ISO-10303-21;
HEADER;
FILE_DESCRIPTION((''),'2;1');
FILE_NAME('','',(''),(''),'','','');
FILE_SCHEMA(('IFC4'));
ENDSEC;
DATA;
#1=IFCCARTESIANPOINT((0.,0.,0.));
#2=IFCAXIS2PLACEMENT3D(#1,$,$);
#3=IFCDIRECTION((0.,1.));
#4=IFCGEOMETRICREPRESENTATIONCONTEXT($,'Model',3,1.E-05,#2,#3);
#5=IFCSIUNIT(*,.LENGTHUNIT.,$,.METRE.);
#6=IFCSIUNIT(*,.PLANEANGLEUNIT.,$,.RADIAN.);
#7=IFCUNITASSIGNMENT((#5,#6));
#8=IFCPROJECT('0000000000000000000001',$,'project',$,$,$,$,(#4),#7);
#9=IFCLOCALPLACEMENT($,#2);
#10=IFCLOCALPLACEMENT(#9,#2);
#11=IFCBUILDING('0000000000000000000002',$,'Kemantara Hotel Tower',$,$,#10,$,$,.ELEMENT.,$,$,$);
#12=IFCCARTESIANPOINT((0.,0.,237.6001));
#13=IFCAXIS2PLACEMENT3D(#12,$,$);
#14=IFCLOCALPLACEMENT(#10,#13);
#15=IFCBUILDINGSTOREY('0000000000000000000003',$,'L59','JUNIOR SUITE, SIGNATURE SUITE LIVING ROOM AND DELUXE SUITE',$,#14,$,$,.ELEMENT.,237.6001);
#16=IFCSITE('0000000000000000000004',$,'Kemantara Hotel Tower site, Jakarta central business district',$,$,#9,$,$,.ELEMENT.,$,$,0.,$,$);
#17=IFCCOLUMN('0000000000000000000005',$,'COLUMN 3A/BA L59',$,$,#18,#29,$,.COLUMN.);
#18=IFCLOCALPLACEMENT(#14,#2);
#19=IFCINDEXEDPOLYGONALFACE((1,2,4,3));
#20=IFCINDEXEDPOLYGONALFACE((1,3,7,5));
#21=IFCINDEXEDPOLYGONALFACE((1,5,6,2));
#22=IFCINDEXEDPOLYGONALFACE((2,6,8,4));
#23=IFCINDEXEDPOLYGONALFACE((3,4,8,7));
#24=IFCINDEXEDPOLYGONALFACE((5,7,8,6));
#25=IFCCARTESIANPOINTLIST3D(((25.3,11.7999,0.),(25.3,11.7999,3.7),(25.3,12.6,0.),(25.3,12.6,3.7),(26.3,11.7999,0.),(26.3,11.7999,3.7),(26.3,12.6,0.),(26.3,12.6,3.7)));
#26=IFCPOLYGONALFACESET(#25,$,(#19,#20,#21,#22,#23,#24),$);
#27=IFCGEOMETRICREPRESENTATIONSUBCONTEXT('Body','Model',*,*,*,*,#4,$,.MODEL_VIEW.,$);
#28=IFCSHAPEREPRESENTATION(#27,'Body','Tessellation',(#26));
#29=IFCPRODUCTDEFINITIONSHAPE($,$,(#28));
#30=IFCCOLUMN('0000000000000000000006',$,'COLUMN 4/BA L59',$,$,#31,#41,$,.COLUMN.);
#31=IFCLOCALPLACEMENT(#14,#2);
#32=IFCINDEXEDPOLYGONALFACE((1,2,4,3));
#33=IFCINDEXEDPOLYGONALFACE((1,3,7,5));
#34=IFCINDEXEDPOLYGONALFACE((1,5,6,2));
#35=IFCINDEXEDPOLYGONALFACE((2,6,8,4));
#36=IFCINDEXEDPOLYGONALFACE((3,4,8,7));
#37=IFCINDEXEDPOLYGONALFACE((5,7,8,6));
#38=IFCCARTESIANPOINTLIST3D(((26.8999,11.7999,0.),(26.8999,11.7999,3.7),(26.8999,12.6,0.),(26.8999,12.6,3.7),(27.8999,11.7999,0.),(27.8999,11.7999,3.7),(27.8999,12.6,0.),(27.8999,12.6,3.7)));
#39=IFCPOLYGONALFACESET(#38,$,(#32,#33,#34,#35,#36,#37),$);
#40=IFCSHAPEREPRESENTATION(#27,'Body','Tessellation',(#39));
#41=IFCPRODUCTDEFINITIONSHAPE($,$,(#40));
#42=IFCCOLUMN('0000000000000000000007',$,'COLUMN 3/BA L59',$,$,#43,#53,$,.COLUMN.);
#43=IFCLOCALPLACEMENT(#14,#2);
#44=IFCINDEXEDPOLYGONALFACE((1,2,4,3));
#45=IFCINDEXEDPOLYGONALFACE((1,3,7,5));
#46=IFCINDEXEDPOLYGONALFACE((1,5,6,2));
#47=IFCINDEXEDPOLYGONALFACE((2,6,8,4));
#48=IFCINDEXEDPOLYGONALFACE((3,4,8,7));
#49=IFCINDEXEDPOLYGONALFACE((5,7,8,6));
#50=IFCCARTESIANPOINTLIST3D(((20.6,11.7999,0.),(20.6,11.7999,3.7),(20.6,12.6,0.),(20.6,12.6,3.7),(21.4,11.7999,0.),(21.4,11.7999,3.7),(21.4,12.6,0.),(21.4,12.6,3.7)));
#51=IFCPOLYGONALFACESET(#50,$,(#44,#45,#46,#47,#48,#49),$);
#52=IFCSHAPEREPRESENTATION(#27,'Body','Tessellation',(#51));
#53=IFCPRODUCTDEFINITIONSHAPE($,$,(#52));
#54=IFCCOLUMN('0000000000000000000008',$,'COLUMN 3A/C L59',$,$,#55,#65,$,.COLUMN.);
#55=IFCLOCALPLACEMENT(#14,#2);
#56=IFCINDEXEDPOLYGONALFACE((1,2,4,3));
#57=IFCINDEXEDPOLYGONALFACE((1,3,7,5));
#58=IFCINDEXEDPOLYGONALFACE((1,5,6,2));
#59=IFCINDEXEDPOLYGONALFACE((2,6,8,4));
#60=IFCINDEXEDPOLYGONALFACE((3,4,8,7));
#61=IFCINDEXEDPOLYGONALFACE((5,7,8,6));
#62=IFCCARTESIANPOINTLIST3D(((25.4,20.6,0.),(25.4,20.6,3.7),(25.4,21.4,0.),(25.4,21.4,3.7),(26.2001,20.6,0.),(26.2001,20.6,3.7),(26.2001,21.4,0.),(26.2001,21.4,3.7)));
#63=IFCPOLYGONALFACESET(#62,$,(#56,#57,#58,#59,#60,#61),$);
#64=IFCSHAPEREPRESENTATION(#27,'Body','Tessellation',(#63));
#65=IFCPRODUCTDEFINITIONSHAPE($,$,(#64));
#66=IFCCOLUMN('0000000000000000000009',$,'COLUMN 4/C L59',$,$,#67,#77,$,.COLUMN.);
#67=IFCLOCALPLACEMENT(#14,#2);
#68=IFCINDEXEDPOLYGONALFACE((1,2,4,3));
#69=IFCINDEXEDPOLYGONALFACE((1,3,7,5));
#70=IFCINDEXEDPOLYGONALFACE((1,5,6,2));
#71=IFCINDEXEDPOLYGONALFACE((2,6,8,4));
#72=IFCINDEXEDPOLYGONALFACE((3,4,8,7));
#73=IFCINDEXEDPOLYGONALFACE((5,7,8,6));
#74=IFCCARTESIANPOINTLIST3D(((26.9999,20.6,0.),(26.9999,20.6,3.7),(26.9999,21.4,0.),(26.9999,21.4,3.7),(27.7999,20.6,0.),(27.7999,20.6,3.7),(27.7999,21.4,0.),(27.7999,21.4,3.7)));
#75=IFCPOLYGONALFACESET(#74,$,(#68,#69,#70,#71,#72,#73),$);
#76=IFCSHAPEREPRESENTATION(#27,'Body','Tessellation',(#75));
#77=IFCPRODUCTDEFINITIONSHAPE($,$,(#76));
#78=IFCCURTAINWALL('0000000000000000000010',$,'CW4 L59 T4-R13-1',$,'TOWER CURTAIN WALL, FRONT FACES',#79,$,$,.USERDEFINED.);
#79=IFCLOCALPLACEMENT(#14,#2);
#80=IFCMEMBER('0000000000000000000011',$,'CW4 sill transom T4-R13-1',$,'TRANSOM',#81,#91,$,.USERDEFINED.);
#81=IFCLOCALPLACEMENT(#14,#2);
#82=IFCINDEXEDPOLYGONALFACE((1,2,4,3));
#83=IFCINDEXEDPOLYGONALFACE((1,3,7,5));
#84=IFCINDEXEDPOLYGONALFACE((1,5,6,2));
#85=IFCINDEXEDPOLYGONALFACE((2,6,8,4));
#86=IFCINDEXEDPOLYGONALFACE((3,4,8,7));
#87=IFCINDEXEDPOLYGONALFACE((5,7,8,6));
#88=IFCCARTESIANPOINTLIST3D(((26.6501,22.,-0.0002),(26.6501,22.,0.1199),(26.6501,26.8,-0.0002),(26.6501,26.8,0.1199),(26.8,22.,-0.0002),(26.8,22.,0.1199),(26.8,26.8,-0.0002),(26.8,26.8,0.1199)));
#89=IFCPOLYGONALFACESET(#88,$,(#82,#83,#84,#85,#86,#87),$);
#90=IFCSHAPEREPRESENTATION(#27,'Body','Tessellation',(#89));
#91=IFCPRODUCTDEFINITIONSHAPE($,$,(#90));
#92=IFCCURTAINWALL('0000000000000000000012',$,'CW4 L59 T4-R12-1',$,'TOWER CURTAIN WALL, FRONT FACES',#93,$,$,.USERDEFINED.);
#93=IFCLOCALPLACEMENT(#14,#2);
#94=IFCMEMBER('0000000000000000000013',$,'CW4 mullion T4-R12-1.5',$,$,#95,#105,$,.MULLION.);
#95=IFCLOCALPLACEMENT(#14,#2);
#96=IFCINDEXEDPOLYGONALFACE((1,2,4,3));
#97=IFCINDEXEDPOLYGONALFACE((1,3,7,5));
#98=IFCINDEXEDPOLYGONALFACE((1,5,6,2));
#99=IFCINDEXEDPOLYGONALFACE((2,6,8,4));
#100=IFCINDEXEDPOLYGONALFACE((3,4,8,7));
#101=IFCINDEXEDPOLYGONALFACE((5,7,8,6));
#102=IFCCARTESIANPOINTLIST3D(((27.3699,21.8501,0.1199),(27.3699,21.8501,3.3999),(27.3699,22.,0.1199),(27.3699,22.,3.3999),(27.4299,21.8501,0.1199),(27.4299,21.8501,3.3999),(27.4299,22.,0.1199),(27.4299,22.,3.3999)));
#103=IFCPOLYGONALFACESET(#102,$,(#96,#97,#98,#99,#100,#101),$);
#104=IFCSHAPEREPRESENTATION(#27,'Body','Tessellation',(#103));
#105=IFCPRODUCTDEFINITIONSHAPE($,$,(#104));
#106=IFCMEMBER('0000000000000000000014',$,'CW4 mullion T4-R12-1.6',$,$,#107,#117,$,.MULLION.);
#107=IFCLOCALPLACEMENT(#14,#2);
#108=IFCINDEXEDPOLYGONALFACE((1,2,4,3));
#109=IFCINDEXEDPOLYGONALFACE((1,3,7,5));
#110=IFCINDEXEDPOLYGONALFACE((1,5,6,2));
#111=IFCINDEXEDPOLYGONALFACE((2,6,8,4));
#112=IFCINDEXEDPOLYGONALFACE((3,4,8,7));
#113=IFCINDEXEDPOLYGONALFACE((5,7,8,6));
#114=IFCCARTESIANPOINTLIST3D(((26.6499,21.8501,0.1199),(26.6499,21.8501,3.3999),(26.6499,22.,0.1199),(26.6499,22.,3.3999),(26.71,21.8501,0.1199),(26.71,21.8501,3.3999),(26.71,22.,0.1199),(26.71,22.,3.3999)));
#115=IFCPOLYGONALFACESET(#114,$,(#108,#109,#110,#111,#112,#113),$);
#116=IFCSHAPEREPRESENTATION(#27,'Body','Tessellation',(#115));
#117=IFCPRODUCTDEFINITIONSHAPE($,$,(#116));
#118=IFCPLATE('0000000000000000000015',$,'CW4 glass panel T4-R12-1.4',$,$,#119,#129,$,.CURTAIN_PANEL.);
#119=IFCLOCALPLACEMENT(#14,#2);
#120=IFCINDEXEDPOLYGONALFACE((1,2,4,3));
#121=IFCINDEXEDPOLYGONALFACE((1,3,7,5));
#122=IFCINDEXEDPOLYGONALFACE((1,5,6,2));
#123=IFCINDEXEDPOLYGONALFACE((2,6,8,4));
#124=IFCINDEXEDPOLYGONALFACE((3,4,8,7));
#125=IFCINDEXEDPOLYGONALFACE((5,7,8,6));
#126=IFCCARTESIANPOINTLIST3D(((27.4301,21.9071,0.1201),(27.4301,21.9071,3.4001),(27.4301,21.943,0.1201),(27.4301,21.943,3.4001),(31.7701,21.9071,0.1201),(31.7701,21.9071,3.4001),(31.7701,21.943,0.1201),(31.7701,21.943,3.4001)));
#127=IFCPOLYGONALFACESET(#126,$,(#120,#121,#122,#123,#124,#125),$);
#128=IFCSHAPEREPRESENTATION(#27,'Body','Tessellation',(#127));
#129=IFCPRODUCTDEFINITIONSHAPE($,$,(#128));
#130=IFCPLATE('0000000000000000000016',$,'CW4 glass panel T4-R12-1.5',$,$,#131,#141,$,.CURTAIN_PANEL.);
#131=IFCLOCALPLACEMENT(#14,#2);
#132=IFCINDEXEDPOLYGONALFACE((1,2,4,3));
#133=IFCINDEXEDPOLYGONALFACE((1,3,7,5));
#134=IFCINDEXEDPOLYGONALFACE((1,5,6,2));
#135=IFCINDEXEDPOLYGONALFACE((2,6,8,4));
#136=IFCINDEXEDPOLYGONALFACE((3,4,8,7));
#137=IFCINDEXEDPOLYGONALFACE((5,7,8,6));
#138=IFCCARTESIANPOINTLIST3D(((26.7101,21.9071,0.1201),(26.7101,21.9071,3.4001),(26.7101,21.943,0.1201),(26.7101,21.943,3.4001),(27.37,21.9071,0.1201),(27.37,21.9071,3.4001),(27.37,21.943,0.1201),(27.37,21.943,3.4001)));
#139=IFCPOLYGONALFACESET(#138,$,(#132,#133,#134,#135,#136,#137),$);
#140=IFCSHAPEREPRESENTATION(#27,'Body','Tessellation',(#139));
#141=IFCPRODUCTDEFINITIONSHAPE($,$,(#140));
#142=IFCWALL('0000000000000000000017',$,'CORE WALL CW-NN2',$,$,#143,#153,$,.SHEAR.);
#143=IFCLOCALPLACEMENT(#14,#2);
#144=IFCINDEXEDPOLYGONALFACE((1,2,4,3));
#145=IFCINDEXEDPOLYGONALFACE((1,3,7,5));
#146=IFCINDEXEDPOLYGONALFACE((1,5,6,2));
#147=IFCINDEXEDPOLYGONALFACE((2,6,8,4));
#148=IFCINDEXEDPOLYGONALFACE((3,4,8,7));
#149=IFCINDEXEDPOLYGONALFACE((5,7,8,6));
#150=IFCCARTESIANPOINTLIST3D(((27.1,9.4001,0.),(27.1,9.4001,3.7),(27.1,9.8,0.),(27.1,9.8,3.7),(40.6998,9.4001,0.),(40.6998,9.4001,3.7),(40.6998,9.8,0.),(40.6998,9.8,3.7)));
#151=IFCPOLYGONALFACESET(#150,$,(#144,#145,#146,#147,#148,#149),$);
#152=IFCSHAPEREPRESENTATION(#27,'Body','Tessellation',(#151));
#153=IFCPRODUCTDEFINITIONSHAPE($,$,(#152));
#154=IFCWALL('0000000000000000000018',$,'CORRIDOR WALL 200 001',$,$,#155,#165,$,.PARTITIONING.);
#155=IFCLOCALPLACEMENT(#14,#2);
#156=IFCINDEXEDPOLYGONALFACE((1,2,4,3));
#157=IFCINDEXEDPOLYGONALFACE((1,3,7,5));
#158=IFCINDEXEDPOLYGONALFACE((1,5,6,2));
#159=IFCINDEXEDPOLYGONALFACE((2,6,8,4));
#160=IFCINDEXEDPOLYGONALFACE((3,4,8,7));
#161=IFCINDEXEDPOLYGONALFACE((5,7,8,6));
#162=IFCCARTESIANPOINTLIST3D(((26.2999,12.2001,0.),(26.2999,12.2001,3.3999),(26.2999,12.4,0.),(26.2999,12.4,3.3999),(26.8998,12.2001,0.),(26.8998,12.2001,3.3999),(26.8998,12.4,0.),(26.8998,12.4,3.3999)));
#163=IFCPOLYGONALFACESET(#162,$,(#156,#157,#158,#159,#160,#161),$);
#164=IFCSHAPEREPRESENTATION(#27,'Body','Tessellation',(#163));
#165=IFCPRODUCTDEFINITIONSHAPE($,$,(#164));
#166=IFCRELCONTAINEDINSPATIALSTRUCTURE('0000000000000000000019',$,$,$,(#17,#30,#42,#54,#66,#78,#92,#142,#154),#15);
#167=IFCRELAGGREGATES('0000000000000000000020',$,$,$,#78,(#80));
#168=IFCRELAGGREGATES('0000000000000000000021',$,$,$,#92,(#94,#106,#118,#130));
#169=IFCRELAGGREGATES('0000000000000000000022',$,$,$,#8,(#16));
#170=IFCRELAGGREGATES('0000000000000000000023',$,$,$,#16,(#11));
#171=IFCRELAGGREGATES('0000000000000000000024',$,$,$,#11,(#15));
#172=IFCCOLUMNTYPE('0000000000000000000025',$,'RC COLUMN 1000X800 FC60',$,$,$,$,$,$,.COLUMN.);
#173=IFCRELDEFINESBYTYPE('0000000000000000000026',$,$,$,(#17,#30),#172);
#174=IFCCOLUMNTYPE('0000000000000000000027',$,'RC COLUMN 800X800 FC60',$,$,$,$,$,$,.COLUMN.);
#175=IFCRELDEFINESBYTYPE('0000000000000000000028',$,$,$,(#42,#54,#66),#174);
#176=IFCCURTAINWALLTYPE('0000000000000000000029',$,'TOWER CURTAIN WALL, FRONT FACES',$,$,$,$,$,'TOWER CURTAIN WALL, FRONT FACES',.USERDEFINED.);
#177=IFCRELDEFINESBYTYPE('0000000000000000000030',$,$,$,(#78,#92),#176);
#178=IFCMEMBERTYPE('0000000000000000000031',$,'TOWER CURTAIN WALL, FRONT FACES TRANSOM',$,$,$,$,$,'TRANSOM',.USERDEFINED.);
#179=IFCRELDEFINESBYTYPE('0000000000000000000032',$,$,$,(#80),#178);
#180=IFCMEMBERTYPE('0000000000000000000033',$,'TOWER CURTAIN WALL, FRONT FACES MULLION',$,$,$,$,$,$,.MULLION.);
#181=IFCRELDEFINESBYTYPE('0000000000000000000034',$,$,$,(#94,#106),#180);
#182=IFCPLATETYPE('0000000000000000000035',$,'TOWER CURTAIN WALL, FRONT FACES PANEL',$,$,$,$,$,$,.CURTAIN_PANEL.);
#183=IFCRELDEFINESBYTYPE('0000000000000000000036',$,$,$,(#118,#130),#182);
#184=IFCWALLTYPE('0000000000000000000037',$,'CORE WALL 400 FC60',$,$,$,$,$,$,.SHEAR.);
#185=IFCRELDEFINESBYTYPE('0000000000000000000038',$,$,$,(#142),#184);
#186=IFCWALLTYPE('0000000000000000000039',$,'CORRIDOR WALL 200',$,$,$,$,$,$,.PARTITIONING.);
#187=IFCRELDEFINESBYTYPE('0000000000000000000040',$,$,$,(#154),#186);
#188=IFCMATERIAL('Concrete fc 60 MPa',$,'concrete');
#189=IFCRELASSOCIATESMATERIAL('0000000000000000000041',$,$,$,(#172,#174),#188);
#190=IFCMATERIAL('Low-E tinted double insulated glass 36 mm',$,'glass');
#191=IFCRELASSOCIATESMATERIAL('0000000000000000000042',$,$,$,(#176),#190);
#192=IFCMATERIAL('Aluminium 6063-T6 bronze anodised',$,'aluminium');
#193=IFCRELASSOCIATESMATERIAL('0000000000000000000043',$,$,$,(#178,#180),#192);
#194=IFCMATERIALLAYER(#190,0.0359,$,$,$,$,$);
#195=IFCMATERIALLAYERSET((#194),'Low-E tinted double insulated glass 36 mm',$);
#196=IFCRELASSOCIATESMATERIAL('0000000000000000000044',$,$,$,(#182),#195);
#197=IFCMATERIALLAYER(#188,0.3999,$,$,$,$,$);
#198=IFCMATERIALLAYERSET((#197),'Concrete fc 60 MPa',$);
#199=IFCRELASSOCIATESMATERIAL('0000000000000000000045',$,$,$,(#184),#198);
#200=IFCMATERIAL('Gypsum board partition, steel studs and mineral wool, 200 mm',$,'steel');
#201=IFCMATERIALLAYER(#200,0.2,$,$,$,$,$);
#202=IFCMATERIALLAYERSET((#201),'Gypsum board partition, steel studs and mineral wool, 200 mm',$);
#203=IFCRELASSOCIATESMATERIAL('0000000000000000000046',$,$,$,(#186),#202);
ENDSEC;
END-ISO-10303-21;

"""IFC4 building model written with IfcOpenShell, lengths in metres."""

from ifc_helpers import new_model, si_unit, direction, frame, frame_2d, origin, origin_2d, place, context, subcontext, project, spatial, rectangle, extrude, source, transform, mapped, material, layer, layer_set, material_profile, profile_set, type_object, element, aggregate, save


model = new_model("IFC4")

# Units and contexts
model_context = context("Model", 3, precision=1e-05, world=origin(), true_north=direction((0.0, 1.0)))
body_context = subcontext(model_context, "Body", "Model", "MODEL_VIEW")
ifc_project = project(units=[si_unit("LENGTHUNIT", "METRE"), si_unit("PLANEANGLEUNIT", "RADIAN")], contexts=[model_context])

# Site, building, storey
site_placement = place(None, origin())
site = spatial("IfcSite", under=ifc_project, at=site_placement, Name="Kemantara Hotel Tower site, Jakarta central business district", CompositionType="ELEMENT", RefElevation=0.0)
building_placement = place(site_placement, origin())
building = spatial("IfcBuilding", under=site, at=building_placement, Name="Kemantara Hotel Tower", CompositionType="ELEMENT")
storey_placement = place(building_placement, frame((0.0, 0.0, 237.6001)))
storey = spatial("IfcBuildingStorey", under=building, at=storey_placement, Name="L59", Description="JUNIOR SUITE, SIGNATURE SUITE LIVING ROOM AND DELUXE SUITE", CompositionType="ELEMENT", Elevation=237.6001)

# Columns
ifc_material_1 = material(Name="Concrete fc 60 MPa", Category="concrete")
ifc_material_profile_1 = material_profile(ifc_material_1, rectangle(XDim=1.0, YDim=0.8, at=origin_2d()), Name="RC 1000X800")
ifc_profile_set_1 = profile_set([ifc_material_profile_1], Name="Concrete fc 60 MPa")
column_type_1 = type_object("IfcColumnType", Name="RC COLUMN 1000X800 FC60", PredefinedType="COLUMN", material=ifc_profile_set_1)
for number, where, z_axis, x_axis, name in (
    (1, (25.8, 12.2, 0.0), (0.0, 0.0, 1.0), (1.0, 0.0, 0.0), "COLUMN 3A/BA L59"),
    (2, (27.3999, 12.2, 0.0), (0.0, 0.0, 1.0), (1.0, 0.0, 0.0), "COLUMN 4/BA L59"),
):
    element("IfcColumn", number, at=place(storey_placement, frame(where, z_axis=z_axis, x_axis=x_axis)), inside=storey, type_object=column_type_1, Name=name, PredefinedType="COLUMN", context=body_context, shape_type="SweptSolid", body=[
        extrude(rectangle(XDim=1.0, YDim=0.8, at=origin_2d()), origin(), (0.0, 0.0, 1.0), 3.7),
    ])
ifc_material_profile_2 = material_profile(ifc_material_1, rectangle(XDim=0.8, YDim=0.8, at=origin_2d()), Name="RC 800X800")
ifc_profile_set_2 = profile_set([ifc_material_profile_2], Name="Concrete fc 60 MPa")
column_type_2 = type_object("IfcColumnType", Name="RC COLUMN 800X800 FC60", PredefinedType="COLUMN", material=ifc_profile_set_2)
for number, where, z_axis, x_axis, name in (
    (3, (21.0, 12.2, 0.0), (0.0, 0.0, 1.0), (1.0, 0.0, 0.0), "COLUMN 3/BA L59"),
    (4, (25.8, 21.0, 0.0), (0.0, 0.0, 1.0), (1.0, 0.0, 0.0), "COLUMN 3A/C L59"),
    (5, (27.3999, 21.0, 0.0), (0.0, 0.0, 1.0), (1.0, 0.0, 0.0), "COLUMN 4/C L59"),
):
    element("IfcColumn", number, at=place(storey_placement, frame(where, z_axis=z_axis, x_axis=x_axis)), inside=storey, type_object=column_type_2, Name=name, PredefinedType="COLUMN", context=body_context, shape_type="SweptSolid", body=[
        extrude(rectangle(XDim=0.8, YDim=0.8, at=origin_2d()), origin(), (0.0, 0.0, 1.0), 3.7),
    ])

# Curtain wall, member
ifc_material_2 = material(Name="Low-E tinted double insulated glass 36 mm", Category="glass")
curtain_wall_type = type_object("IfcCurtainWallType", Name="TOWER CURTAIN WALL, FRONT FACES", ElementType="TOWER CURTAIN WALL, FRONT FACES", PredefinedType="USERDEFINED", material=ifc_material_2)
curtain_wall_1_placement = place(storey_placement, origin())
curtain_wall_1 = element("IfcCurtainWall", 6, at=curtain_wall_1_placement, inside=storey, type_object=curtain_wall_type, Name="CW4 L59 T4-R13-1", ObjectType="TOWER CURTAIN WALL, FRONT FACES", PredefinedType="USERDEFINED")
ifc_material_3 = material(Name="Aluminium 6063-T6 bronze anodised", Category="aluminium")
ifc_material_profile_3 = material_profile(ifc_material_3, rectangle(XDim=0.1499, YDim=0.1201, at=origin_2d()), Name="TOWER CURTAIN WALL, FRONT FACES TRANSOM")
ifc_profile_set_3 = profile_set([ifc_material_profile_3], Name="Aluminium 6063-T6 bronze anodised")
member_type_1 = type_object("IfcMemberType", Name="TOWER CURTAIN WALL, FRONT FACES TRANSOM", ElementType="TRANSOM", PredefinedType="USERDEFINED", material=ifc_profile_set_3)
member_1_placement = place(storey_placement, frame((26.7251, 22.0, 0.0598), z_axis=(0.0, 1.0, 0.0), x_axis=(-1.0, 0.0, 0.0)))
member_1 = element("IfcMember", 7, at=member_1_placement, type_object=member_type_1, Name="CW4 sill transom T4-R13-1", ObjectType="TRANSOM", PredefinedType="USERDEFINED", context=body_context, shape_type="SweptSolid", body=[
    extrude(rectangle(XDim=0.1499, YDim=0.1201, at=origin_2d()), origin(), (0.0, 0.0, 1.0), 4.8),
])
aggregate(curtain_wall_1, [member_1])

# Curtain wall, members, plates
curtain_wall_2_placement = place(storey_placement, origin())
curtain_wall_2 = element("IfcCurtainWall", 8, at=curtain_wall_2_placement, inside=storey, type_object=curtain_wall_type, Name="CW4 L59 T4-R12-1", ObjectType="TOWER CURTAIN WALL, FRONT FACES", PredefinedType="USERDEFINED")
ifc_material_profile_4 = material_profile(ifc_material_3, rectangle(XDim=0.1499, YDim=0.0601, at=origin_2d()), Name="TOWER CURTAIN WALL, FRONT FACES MULLION")
ifc_profile_set_4 = profile_set([ifc_material_profile_4], Name="Aluminium 6063-T6 bronze anodised")
member_type_2 = type_object("IfcMemberType", Name="TOWER CURTAIN WALL, FRONT FACES MULLION", PredefinedType="MULLION", material=ifc_profile_set_4)
shared_shape_1 = source(origin(), body_context, "Body", "SweptSolid", [
    extrude(rectangle(XDim=0.1499, YDim=0.0601, at=origin_2d()), origin(), (0.0, 0.0, 1.0), 3.28),
])
member_2_placement = place(storey_placement, frame((27.3999, 21.925, 0.1199), z_axis=(0.0, 0.0, 1.0), x_axis=(0.0, -1.0, 0.0)))
member_2 = element("IfcMember", 9, at=member_2_placement, type_object=member_type_2, Name="CW4 mullion T4-R12-1.5", PredefinedType="MULLION", context=body_context, shape_type="MappedRepresentation", body=[
    mapped(shared_shape_1, transform((0.0, 0.0, 0.0))),
])
member_3_placement = place(storey_placement, frame((26.6799, 21.925, 0.1199), z_axis=(0.0, 0.0, 1.0), x_axis=(0.0, -1.0, 0.0)))
member_3 = element("IfcMember", 10, at=member_3_placement, type_object=member_type_2, Name="CW4 mullion T4-R12-1.6", PredefinedType="MULLION", context=body_context, shape_type="MappedRepresentation", body=[
    mapped(shared_shape_1, transform((0.0, 0.0, 0.0))),
])
ifc_layer_1 = layer(ifc_material_2, 0.0359)
ifc_layer_set_1 = layer_set([ifc_layer_1], Name="Low-E tinted double insulated glass 36 mm")
plate_type = type_object("IfcPlateType", Name="TOWER CURTAIN WALL, FRONT FACES PANEL", PredefinedType="CURTAIN_PANEL", material=ifc_layer_set_1)
shared_shape_2 = source(origin(), body_context, "Body", "SweptSolid", [
    extrude(rectangle(XDim=4.3401, YDim=0.0359, at=origin_2d()), origin(), (0.0, 0.0, 1.0), 3.28),
])
plate_1_placement = place(storey_placement, frame((29.6001, 21.925, 0.1201), z_axis=(0.0, 0.0, 1.0), x_axis=(-1.0, 0.0, 0.0)))
plate_1 = element("IfcPlate", 11, at=plate_1_placement, type_object=plate_type, Name="CW4 glass panel T4-R12-1.4", PredefinedType="CURTAIN_PANEL", context=body_context, shape_type="MappedRepresentation", body=[
    mapped(shared_shape_2, transform((0.0, 0.0, 0.0))),
])
shared_shape_3 = source(origin(), body_context, "Body", "SweptSolid", [
    extrude(rectangle(XDim=0.6599, YDim=0.0359, at=origin_2d()), origin(), (0.0, 0.0, 1.0), 3.28),
])
plate_2_placement = place(storey_placement, frame((27.04, 21.925, 0.1201), z_axis=(0.0, 0.0, 1.0), x_axis=(-1.0, 0.0, 0.0)))
plate_2 = element("IfcPlate", 12, at=plate_2_placement, type_object=plate_type, Name="CW4 glass panel T4-R12-1.5", PredefinedType="CURTAIN_PANEL", context=body_context, shape_type="MappedRepresentation", body=[
    mapped(shared_shape_3, transform((0.0, 0.0, 0.0))),
])
aggregate(curtain_wall_2, [member_2, member_3, plate_1, plate_2])

# Walls
ifc_layer_2 = layer(ifc_material_1, 0.3999)
ifc_layer_set_2 = layer_set([ifc_layer_2], Name="Concrete fc 60 MPa")
wall_type_1 = type_object("IfcWallType", Name="CORE WALL 400 FC60", PredefinedType="SHEAR", material=ifc_layer_set_2)
wall_1_placement = place(storey_placement, frame((27.1001, 9.6001, 0.0), z_axis=(0.0, 0.0, 1.0), x_axis=(1.0, 0.0, 0.0)))
element("IfcWall", 13, at=wall_1_placement, inside=storey, type_object=wall_type_1, Name="CORE WALL CW-NN2", PredefinedType="SHEAR", context=body_context, shape_type="SweptSolid", body=[
    extrude(rectangle(XDim=13.5999, YDim=0.3999, at=frame_2d((6.7998, 0.0))), origin(), (0.0, 0.0, 1.0), 3.7),
])
ifc_material_4 = material(Name="Gypsum board partition, steel studs and mineral wool, 200 mm", Category="steel")
ifc_layer_3 = layer(ifc_material_4, 0.2)
ifc_layer_set_3 = layer_set([ifc_layer_3], Name="Gypsum board partition, steel studs and mineral wool, 200 mm")
wall_type_2 = type_object("IfcWallType", Name="CORRIDOR WALL 200", PredefinedType="PARTITIONING", material=ifc_layer_set_3)
wall_2_placement = place(storey_placement, frame((26.3, 12.3, 0.0), z_axis=(0.0, 0.0, 1.0), x_axis=(1.0, 0.0, 0.0)))
element("IfcWall", 14, at=wall_2_placement, inside=storey, type_object=wall_type_2, Name="CORRIDOR WALL 200 001", PredefinedType="PARTITIONING", context=body_context, shape_type="SweptSolid", body=[
    extrude(rectangle(XDim=0.5999, YDim=0.2, at=frame_2d((0.2998, 0.0))), origin(), (0.0, 0.0, 1.0), 3.3999),
])

save(model, "model.ifc")
